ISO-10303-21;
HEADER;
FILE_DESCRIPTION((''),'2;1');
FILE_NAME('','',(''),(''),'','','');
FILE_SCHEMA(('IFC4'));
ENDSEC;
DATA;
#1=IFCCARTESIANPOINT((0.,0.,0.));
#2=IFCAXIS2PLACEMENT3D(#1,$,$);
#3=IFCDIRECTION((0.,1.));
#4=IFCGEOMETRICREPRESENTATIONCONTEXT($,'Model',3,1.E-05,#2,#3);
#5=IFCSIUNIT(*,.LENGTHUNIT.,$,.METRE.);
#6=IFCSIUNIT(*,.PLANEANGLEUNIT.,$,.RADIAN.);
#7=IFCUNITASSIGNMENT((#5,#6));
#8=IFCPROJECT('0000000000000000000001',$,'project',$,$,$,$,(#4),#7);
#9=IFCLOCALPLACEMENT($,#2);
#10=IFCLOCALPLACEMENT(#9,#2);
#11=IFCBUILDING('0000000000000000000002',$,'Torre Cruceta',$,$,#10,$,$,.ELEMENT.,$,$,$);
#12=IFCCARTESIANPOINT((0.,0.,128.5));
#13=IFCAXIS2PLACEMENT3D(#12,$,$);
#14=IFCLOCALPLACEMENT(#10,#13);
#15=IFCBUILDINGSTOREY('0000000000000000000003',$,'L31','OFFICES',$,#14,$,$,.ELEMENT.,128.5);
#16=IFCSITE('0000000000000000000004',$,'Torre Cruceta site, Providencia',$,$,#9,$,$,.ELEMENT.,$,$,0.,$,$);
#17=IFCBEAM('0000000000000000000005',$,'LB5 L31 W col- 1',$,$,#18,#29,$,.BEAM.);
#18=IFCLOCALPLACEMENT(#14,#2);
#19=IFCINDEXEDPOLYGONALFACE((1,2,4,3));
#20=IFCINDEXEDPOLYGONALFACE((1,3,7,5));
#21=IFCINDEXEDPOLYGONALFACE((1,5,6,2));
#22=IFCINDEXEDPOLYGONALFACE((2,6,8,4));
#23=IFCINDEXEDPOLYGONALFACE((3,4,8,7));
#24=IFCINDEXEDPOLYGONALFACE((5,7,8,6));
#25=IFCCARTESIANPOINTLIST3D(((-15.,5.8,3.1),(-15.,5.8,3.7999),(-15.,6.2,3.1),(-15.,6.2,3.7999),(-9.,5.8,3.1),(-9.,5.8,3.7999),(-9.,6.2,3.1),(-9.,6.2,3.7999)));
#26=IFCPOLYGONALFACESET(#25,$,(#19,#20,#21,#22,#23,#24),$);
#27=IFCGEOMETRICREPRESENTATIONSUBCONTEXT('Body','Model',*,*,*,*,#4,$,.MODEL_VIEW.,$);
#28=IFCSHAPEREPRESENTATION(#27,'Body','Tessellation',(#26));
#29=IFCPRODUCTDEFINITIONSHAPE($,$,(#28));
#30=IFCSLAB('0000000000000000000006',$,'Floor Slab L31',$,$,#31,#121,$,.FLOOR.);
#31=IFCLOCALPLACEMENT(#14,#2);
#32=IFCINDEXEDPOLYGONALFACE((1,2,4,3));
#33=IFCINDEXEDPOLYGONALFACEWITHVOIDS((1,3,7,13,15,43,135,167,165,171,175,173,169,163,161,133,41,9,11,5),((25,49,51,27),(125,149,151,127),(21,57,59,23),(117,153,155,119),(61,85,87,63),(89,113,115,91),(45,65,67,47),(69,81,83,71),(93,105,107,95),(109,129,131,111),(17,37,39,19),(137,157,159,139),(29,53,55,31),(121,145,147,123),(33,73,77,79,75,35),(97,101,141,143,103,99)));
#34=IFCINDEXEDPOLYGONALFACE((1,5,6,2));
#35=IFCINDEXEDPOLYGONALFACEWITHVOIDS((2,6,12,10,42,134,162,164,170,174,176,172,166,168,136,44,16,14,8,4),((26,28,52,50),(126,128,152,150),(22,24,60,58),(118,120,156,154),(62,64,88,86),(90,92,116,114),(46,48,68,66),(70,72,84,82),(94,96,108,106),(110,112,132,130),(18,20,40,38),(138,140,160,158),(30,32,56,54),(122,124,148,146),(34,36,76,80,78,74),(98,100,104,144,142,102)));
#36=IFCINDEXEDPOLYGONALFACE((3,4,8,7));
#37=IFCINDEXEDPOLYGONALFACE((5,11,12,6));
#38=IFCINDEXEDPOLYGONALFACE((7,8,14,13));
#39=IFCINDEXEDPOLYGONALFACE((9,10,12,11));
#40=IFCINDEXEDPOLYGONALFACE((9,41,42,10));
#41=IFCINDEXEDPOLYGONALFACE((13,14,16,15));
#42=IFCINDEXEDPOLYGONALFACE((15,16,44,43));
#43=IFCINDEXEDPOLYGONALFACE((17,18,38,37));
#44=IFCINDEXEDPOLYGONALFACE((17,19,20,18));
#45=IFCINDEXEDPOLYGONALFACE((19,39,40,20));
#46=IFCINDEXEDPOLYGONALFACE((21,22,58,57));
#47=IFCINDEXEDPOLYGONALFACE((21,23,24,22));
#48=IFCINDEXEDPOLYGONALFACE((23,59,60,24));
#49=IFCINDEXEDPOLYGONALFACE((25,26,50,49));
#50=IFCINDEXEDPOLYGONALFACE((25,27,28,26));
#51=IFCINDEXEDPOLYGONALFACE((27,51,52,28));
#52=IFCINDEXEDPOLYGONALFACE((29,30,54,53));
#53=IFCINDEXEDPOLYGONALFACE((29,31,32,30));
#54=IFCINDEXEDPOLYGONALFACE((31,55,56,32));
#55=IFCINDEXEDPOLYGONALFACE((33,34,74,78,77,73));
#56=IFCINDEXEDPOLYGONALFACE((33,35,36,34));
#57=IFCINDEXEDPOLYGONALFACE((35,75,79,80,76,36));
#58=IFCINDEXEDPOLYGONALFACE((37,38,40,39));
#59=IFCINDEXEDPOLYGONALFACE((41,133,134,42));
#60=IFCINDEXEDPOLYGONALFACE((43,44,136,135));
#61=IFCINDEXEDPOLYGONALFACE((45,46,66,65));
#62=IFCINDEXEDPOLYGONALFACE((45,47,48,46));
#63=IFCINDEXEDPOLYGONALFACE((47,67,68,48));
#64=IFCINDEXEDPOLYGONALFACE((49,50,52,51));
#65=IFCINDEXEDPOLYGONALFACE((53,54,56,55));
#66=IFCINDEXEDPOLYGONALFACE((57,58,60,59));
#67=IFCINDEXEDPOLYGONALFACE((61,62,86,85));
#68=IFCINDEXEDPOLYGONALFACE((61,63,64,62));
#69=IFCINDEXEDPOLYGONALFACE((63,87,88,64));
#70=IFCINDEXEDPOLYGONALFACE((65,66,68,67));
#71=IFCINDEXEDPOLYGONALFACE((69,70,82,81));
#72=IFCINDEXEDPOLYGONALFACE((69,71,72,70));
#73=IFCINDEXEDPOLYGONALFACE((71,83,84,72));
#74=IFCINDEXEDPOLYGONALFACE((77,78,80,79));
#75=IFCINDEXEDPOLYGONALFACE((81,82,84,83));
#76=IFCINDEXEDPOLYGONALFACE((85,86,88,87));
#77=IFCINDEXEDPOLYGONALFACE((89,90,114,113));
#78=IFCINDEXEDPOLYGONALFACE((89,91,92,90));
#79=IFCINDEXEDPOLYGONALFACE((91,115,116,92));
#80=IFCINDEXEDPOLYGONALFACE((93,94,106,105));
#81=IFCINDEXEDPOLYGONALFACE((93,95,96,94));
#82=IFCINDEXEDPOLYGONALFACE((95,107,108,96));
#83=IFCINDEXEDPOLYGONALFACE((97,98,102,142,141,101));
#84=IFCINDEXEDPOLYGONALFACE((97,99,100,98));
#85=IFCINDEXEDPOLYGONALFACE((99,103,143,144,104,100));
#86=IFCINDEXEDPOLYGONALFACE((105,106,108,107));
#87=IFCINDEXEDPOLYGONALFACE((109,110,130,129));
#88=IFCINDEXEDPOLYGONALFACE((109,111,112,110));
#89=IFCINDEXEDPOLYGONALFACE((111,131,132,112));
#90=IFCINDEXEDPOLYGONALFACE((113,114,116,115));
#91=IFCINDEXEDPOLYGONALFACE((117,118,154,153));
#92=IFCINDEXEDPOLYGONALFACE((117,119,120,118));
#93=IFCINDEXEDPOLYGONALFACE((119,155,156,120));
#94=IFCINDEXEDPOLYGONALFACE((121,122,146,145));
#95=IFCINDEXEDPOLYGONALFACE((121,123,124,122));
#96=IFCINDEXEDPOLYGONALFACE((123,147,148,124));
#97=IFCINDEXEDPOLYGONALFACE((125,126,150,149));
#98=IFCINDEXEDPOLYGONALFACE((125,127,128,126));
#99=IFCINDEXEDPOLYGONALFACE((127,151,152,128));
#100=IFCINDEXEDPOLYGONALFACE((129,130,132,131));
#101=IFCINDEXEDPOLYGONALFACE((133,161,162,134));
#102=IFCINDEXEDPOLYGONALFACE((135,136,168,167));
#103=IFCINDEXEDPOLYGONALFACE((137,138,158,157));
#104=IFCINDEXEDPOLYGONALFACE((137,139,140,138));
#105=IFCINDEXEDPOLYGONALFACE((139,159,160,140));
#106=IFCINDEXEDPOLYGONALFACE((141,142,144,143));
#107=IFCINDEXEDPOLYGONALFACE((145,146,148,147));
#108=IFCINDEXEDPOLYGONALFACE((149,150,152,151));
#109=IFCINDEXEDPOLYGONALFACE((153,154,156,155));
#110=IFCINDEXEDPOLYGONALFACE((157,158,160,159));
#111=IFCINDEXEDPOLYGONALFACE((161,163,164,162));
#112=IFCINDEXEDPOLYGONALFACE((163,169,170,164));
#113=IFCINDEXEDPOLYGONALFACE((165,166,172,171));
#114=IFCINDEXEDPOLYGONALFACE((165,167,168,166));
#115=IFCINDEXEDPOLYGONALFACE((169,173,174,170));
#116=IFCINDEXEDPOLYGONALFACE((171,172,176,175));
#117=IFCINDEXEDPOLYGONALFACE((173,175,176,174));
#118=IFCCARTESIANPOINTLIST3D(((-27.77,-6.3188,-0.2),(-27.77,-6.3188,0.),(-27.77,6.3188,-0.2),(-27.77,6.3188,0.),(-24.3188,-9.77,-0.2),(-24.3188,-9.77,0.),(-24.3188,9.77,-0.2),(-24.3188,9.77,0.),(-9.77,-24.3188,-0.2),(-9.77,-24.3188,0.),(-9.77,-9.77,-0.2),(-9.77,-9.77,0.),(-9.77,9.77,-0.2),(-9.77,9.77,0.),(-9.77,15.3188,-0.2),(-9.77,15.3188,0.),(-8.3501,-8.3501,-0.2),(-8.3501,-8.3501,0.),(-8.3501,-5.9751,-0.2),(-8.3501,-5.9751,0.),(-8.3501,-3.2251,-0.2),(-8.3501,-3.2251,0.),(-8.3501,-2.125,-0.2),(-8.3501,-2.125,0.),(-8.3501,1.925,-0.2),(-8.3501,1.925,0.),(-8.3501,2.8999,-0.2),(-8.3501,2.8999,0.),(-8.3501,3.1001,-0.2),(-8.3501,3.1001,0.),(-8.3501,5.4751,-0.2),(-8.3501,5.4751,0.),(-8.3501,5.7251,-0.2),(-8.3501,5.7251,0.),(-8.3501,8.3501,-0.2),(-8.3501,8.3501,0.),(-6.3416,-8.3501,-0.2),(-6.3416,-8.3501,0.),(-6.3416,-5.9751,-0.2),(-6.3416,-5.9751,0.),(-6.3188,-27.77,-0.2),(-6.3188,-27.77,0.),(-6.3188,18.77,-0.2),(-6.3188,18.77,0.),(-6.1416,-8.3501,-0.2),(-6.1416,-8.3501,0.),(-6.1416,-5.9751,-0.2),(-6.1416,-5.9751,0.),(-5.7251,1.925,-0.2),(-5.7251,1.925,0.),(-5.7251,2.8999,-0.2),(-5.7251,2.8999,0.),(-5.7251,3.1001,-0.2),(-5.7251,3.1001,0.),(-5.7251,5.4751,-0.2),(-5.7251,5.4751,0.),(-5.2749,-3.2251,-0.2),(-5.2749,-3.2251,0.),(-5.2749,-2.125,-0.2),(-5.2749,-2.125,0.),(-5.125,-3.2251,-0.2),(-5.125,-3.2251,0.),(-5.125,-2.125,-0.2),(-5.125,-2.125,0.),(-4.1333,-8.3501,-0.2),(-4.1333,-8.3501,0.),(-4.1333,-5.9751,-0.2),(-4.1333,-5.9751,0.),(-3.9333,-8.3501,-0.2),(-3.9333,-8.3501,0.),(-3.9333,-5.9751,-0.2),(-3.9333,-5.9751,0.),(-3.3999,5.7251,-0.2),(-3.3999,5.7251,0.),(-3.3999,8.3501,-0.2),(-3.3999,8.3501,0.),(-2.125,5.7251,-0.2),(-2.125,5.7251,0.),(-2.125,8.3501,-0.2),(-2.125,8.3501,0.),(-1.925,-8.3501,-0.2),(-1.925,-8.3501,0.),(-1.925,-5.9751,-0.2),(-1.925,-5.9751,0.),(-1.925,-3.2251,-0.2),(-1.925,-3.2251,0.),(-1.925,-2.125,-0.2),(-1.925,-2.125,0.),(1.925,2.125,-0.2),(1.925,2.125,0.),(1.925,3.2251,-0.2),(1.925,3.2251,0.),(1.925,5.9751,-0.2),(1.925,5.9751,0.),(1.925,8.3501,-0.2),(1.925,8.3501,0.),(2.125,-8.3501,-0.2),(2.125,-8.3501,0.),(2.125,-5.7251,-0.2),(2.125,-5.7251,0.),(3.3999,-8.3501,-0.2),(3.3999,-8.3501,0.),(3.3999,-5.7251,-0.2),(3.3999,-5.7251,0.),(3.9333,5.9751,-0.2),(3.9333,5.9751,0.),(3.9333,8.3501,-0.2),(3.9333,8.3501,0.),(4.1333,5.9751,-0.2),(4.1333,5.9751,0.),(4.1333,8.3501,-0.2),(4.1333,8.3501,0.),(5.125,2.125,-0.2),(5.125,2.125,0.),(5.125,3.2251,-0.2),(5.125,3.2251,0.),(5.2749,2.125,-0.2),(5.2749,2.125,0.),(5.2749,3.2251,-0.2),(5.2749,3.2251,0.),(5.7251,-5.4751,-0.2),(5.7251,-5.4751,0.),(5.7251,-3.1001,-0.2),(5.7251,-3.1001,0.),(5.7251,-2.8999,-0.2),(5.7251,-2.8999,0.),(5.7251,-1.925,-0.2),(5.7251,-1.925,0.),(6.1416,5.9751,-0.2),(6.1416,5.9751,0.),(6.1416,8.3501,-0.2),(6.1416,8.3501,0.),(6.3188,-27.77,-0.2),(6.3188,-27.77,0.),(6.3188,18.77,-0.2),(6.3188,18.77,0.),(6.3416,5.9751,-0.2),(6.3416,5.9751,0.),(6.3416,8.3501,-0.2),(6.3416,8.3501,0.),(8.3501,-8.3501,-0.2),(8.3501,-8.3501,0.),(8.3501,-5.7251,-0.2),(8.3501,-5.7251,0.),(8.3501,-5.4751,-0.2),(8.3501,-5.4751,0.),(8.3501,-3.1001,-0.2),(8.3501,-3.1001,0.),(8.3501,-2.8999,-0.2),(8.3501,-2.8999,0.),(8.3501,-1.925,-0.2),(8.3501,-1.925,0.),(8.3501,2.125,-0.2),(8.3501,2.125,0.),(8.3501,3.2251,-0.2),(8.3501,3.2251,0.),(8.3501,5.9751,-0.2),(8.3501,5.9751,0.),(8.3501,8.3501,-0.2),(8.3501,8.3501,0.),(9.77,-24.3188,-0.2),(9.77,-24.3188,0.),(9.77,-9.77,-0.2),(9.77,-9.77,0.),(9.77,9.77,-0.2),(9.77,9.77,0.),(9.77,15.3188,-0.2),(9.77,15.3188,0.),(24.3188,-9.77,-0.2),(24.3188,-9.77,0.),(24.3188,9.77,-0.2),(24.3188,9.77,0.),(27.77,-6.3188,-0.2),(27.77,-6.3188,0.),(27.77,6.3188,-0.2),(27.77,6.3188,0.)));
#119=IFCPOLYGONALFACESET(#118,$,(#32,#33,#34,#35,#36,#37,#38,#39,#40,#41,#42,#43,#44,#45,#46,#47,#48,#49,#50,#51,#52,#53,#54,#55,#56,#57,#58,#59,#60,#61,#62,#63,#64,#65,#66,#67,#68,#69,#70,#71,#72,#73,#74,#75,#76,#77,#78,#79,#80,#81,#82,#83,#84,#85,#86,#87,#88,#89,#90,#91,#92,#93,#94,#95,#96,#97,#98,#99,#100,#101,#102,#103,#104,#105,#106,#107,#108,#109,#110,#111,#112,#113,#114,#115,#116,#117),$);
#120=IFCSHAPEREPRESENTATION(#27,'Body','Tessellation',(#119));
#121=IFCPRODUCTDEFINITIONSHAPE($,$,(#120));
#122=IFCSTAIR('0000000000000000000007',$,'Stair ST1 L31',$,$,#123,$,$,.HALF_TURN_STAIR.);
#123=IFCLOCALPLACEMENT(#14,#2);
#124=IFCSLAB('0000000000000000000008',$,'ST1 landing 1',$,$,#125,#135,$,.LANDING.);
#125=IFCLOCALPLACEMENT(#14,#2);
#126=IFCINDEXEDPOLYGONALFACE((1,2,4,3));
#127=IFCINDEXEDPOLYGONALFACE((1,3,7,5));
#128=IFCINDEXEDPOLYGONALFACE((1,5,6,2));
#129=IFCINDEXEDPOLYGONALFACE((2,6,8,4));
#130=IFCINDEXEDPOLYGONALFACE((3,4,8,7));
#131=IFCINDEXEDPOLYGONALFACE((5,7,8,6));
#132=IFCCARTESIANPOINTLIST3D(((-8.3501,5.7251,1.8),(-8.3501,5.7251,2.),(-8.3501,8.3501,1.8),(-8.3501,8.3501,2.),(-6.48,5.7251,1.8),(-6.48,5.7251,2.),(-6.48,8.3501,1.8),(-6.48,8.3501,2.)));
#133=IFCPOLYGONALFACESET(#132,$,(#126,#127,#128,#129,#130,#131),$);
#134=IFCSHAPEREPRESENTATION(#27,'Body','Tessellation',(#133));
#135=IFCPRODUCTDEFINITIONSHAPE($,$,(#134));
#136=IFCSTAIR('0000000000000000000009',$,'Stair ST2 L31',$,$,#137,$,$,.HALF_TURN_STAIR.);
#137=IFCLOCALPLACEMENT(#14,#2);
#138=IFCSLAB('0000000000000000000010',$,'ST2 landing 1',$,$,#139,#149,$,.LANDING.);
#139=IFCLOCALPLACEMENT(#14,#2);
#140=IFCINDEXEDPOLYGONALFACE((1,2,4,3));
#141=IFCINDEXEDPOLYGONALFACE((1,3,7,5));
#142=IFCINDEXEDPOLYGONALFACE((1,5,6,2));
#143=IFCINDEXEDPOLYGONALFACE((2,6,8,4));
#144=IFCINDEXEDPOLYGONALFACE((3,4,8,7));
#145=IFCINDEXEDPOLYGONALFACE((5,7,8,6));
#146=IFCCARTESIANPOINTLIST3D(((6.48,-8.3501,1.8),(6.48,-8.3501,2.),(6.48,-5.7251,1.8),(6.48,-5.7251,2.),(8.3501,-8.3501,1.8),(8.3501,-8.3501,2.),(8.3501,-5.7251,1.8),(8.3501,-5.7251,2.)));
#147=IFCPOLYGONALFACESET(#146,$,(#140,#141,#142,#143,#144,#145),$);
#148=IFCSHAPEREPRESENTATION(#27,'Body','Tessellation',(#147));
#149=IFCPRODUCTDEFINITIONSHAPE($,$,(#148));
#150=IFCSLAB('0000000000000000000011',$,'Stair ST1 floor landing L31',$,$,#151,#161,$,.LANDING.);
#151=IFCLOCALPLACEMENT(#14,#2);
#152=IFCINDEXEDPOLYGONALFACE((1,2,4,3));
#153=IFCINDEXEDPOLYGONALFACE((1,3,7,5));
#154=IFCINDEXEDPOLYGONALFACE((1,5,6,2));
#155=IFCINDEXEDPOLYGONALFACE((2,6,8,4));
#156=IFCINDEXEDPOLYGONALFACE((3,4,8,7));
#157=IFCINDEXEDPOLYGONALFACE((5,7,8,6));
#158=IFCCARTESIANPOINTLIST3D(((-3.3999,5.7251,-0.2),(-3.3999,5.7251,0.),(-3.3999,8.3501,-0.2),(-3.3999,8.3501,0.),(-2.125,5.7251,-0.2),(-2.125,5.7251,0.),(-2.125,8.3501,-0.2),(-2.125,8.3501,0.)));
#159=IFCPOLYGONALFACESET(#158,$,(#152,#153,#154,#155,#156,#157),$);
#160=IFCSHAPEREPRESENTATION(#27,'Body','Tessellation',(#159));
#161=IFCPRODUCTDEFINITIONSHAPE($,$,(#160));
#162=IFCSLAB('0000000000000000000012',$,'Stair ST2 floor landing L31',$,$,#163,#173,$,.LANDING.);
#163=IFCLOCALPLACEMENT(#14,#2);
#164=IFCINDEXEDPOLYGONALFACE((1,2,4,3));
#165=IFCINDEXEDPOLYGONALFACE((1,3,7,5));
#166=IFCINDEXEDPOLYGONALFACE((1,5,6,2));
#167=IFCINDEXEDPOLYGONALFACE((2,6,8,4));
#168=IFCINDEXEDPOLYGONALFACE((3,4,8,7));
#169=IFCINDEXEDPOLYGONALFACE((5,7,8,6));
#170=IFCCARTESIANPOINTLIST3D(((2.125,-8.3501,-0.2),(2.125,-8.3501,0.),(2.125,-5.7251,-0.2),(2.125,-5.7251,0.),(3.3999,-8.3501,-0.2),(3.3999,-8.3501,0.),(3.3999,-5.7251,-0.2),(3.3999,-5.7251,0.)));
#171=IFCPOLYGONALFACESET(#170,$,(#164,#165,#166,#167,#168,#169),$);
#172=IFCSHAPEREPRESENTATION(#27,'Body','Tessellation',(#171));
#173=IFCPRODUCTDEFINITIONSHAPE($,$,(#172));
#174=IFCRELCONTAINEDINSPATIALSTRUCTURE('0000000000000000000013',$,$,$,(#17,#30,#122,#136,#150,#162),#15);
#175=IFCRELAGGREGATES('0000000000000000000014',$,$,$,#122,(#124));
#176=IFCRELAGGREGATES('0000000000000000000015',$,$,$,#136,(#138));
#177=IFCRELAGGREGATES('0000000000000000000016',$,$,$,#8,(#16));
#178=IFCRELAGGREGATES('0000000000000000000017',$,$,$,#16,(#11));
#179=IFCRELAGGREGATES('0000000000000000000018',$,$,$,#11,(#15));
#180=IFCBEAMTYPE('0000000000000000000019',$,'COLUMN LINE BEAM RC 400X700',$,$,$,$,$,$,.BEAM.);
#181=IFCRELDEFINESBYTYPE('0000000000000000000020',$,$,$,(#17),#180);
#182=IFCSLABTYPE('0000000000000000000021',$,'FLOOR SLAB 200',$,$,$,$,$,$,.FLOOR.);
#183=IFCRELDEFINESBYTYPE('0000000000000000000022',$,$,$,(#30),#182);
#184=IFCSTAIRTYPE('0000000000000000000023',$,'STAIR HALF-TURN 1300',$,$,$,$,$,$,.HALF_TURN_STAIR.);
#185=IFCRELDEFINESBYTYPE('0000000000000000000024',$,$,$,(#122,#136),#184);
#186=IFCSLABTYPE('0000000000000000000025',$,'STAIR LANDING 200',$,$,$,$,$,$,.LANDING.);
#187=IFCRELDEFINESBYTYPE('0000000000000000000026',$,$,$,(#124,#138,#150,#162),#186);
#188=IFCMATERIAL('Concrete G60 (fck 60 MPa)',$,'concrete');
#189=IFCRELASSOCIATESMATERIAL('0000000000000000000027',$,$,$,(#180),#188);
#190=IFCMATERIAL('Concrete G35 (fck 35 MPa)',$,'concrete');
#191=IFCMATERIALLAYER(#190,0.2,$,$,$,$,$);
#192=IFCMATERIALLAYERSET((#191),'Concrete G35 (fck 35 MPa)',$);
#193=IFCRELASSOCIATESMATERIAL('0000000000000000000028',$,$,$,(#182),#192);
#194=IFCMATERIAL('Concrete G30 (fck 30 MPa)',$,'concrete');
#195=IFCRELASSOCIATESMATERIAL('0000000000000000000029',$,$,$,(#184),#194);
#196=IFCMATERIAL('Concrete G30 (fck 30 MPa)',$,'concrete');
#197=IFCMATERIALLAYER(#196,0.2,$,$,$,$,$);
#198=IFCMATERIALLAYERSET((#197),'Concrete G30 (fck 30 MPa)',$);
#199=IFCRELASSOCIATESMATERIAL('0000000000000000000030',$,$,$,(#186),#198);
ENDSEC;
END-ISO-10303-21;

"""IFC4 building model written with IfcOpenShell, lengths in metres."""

from ifc_helpers import new_model, si_unit, direction, frame, origin, origin_2d, place, context, subcontext, project, spatial, polyline, rectangle, outline, extrude, material, layer, layer_set, material_profile, profile_set, type_object, element, aggregate, save


model = new_model("IFC4")

# Units and contexts
model_context = context("Model", 3, precision=1e-05, world=origin(), true_north=direction((0.0, 1.0)))
body_context = subcontext(model_context, "Body", "Model", "MODEL_VIEW")
ifc_project = project(units=[si_unit("LENGTHUNIT", "METRE"), si_unit("PLANEANGLEUNIT", "RADIAN")], contexts=[model_context])

# Site, building, storey
site_placement = place(None, origin())
site = spatial("IfcSite", under=ifc_project, at=site_placement, Name="Torre Cruceta site, Providencia", CompositionType="ELEMENT", RefElevation=0.0)
building_placement = place(site_placement, origin())
building = spatial("IfcBuilding", under=site, at=building_placement, Name="Torre Cruceta", CompositionType="ELEMENT")
storey_placement = place(building_placement, frame((0.0, 0.0, 128.5)))
storey = spatial("IfcBuildingStorey", under=building, at=storey_placement, Name="L31", Description="OFFICES", CompositionType="ELEMENT", Elevation=128.5)

# Beam
ifc_material_1 = material(Name="Concrete G60 (fck 60 MPa)", Category="concrete")
ifc_material_profile = material_profile(ifc_material_1, rectangle(XDim=0.3999, YDim=0.7, at=origin_2d()), Name="RC 400X700")
ifc_profile_set = profile_set([ifc_material_profile], Name="Concrete G60 (fck 60 MPa)")
beam_type = type_object("IfcBeamType", Name="COLUMN LINE BEAM RC 400X700", PredefinedType="BEAM", material=ifc_profile_set)
beam_placement = place(storey_placement, frame((-9.0, 6.0, 3.45), z_axis=(-1.0, 0.0, 0.0), x_axis=(0.0, -1.0, 0.0)))
element("IfcBeam", 1, at=beam_placement, inside=storey, type_object=beam_type, Name="LB5 L31 W col- 1", PredefinedType="BEAM", context=body_context, shape_type="SweptSolid", body=[
    extrude(rectangle(XDim=0.3999, YDim=0.7, at=origin_2d()), origin(), (0.0, 0.0, 1.0), 6.0),
])

# Slab
ifc_material_2 = material(Name="Concrete G35 (fck 35 MPa)", Category="concrete")
ifc_layer_1 = layer(ifc_material_2, 0.2)
ifc_layer_set_1 = layer_set([ifc_layer_1], Name="Concrete G35 (fck 35 MPa)")
slab_type_1 = type_object("IfcSlabType", Name="FLOOR SLAB 200", PredefinedType="FLOOR", material=ifc_layer_set_1)
slab_1_placement = place(storey_placement, frame((0.0, 0.0, -0.2)))
element("IfcSlab", 2, at=slab_1_placement, inside=storey, type_object=slab_type_1, Name="Floor Slab L31", PredefinedType="FLOOR", context=body_context, shape_type="SweptSolid", body=[
    extrude(outline(polyline([(9.77, -9.77), (9.77, -24.3188), (6.3188, -27.77), (-6.3188, -27.77), (-9.77, -24.3188), (-9.77, -9.77), (-24.3188, -9.77), (-27.77, -6.3188), (-27.77, 6.3188), (-24.3188, 9.77), (-9.77, 9.77), (-9.77, 15.3188), (-6.3188, 18.77), (6.3188, 18.77), (9.77, 15.3188), (9.77, 9.77), (24.3188, 9.77), (27.77, 6.3188), (27.77, -6.3188), (24.3188, -9.77), (9.77, -9.77)]), holes=[polyline([(1.925, 5.9751), (3.9333, 5.9751), (3.9333, 8.3501), (1.925, 8.3501), (1.925, 5.9751)]), polyline([(4.1333, 5.9751), (6.1416, 5.9751), (6.1416, 8.3501), (4.1333, 8.3501), (4.1333, 5.9751)]), polyline([(6.3416, 5.9751), (8.3501, 5.9751), (8.3501, 8.3501), (6.3416, 8.3501), (6.3416, 5.9751)]), polyline([(1.925, 2.125), (5.125, 2.125), (5.125, 3.2251), (1.925, 3.2251), (1.925, 2.125)]), polyline([(5.2749, 2.125), (8.3501, 2.125), (8.3501, 3.2251), (5.2749, 3.2251), (5.2749, 2.125)]), polyline([(-8.3501, 3.1001), (-5.7251, 3.1001), (-5.7251, 5.4751), (-8.3501, 5.4751), (-8.3501, 3.1001)]), polyline([(-8.3501, 1.925), (-5.7251, 1.925), (-5.7251, 2.8999), (-8.3501, 2.8999), (-8.3501, 1.925)]), polyline([(-3.9333, -8.3501), (-1.925, -8.3501), (-1.925, -5.9751), (-3.9333, -5.9751), (-3.9333, -8.3501)]), polyline([(-6.1416, -8.3501), (-4.1333, -8.3501), (-4.1333, -5.9751), (-6.1416, -5.9751), (-6.1416, -8.3501)]), polyline([(-8.3501, -8.3501), (-6.3416, -8.3501), (-6.3416, -5.9751), (-8.3501, -5.9751), (-8.3501, -8.3501)]), polyline([(-5.125, -3.2251), (-1.925, -3.2251), (-1.925, -2.125), (-5.125, -2.125), (-5.125, -3.2251)]), polyline([(-8.3501, -3.2251), (-5.2749, -3.2251), (-5.2749, -2.125), (-8.3501, -2.125), (-8.3501, -3.2251)]), polyline([(5.7251, -5.4751), (8.3501, -5.4751), (8.3501, -3.1001), (5.7251, -3.1001), (5.7251, -5.4751)]), polyline([(5.7251, -2.8999), (8.3501, -2.8999), (8.3501, -1.925), (5.7251, -1.925), (5.7251, -2.8999)]), polyline([(-8.3501, 5.7251), (-8.3501, 8.3501), (-3.3999, 8.3501), (-2.125, 8.3501), (-2.125, 5.7251), (-3.3999, 5.7251), (-8.3501, 5.7251)]), polyline([(2.125, -5.7251), (3.3999, -5.7251), (8.3501, -5.7251), (8.3501, -8.3501), (3.3999, -8.3501), (2.125, -8.3501), (2.125, -5.7251)])]), origin(), (0.0, 0.0, 1.0), 0.2),
])

# Stairs, slabs
ifc_material_3 = material(Name="Concrete G30 (fck 30 MPa)", Category="concrete")
stair_type = type_object("IfcStairType", Name="STAIR HALF-TURN 1300", PredefinedType="HALF_TURN_STAIR", material=ifc_material_3)
stair_1_placement = place(storey_placement, origin())
stair_1 = element("IfcStair", 3, at=stair_1_placement, inside=storey, type_object=stair_type, Name="Stair ST1 L31", PredefinedType="HALF_TURN_STAIR")
ifc_material_4 = material(Name="Concrete G30 (fck 30 MPa)", Category="concrete")
ifc_layer_2 = layer(ifc_material_4, 0.2)
ifc_layer_set_2 = layer_set([ifc_layer_2], Name="Concrete G30 (fck 30 MPa)")
slab_type_2 = type_object("IfcSlabType", Name="STAIR LANDING 200", PredefinedType="LANDING", material=ifc_layer_set_2)
slab_2_placement = place(storey_placement, frame((0.0, 0.0, 1.8)))
slab_2 = element("IfcSlab", 4, at=slab_2_placement, type_object=slab_type_2, Name="ST1 landing 1", PredefinedType="LANDING", context=body_context, shape_type="SweptSolid", body=[
    extrude(outline(polyline([(-8.3501, 5.7251), (-6.48, 5.7251), (-6.48, 8.3501), (-8.3501, 8.3501), (-8.3501, 5.7251)])), origin(), (0.0, 0.0, 1.0), 0.2),
])
aggregate(stair_1, [slab_2])
stair_2_placement = place(storey_placement, origin())
stair_2 = element("IfcStair", 5, at=stair_2_placement, inside=storey, type_object=stair_type, Name="Stair ST2 L31", PredefinedType="HALF_TURN_STAIR")
slab_3_placement = place(storey_placement, frame((0.0, 0.0, 1.8)))
slab_3 = element("IfcSlab", 6, at=slab_3_placement, type_object=slab_type_2, Name="ST2 landing 1", PredefinedType="LANDING", context=body_context, shape_type="SweptSolid", body=[
    extrude(outline(polyline([(6.48, -8.3501), (8.3501, -8.3501), (8.3501, -5.7251), (6.48, -5.7251), (6.48, -8.3501)])), origin(), (0.0, 0.0, 1.0), 0.2),
])
aggregate(stair_2, [slab_3])

# Slabs
slab_4_placement = place(storey_placement, frame((0.0, 0.0, -0.2)))
element("IfcSlab", 7, at=slab_4_placement, inside=storey, type_object=slab_type_2, Name="Stair ST1 floor landing L31", PredefinedType="LANDING", context=body_context, shape_type="SweptSolid", body=[
    extrude(outline(polyline([(-2.125, 8.3501), (-2.125, 5.7251), (-3.3999, 5.7251), (-3.3999, 8.3501), (-2.125, 8.3501)])), origin(), (0.0, 0.0, 1.0), 0.2),
])
slab_5_placement = place(storey_placement, frame((0.0, 0.0, -0.2)))
element("IfcSlab", 8, at=slab_5_placement, inside=storey, type_object=slab_type_2, Name="Stair ST2 floor landing L31", PredefinedType="LANDING", context=body_context, shape_type="SweptSolid", body=[
    extrude(outline(polyline([(2.125, -8.3501), (2.125, -5.7251), (3.3999, -5.7251), (3.3999, -8.3501), (2.125, -8.3501)])), origin(), (0.0, 0.0, 1.0), 0.2),
])

save(model, "model.ifc")
